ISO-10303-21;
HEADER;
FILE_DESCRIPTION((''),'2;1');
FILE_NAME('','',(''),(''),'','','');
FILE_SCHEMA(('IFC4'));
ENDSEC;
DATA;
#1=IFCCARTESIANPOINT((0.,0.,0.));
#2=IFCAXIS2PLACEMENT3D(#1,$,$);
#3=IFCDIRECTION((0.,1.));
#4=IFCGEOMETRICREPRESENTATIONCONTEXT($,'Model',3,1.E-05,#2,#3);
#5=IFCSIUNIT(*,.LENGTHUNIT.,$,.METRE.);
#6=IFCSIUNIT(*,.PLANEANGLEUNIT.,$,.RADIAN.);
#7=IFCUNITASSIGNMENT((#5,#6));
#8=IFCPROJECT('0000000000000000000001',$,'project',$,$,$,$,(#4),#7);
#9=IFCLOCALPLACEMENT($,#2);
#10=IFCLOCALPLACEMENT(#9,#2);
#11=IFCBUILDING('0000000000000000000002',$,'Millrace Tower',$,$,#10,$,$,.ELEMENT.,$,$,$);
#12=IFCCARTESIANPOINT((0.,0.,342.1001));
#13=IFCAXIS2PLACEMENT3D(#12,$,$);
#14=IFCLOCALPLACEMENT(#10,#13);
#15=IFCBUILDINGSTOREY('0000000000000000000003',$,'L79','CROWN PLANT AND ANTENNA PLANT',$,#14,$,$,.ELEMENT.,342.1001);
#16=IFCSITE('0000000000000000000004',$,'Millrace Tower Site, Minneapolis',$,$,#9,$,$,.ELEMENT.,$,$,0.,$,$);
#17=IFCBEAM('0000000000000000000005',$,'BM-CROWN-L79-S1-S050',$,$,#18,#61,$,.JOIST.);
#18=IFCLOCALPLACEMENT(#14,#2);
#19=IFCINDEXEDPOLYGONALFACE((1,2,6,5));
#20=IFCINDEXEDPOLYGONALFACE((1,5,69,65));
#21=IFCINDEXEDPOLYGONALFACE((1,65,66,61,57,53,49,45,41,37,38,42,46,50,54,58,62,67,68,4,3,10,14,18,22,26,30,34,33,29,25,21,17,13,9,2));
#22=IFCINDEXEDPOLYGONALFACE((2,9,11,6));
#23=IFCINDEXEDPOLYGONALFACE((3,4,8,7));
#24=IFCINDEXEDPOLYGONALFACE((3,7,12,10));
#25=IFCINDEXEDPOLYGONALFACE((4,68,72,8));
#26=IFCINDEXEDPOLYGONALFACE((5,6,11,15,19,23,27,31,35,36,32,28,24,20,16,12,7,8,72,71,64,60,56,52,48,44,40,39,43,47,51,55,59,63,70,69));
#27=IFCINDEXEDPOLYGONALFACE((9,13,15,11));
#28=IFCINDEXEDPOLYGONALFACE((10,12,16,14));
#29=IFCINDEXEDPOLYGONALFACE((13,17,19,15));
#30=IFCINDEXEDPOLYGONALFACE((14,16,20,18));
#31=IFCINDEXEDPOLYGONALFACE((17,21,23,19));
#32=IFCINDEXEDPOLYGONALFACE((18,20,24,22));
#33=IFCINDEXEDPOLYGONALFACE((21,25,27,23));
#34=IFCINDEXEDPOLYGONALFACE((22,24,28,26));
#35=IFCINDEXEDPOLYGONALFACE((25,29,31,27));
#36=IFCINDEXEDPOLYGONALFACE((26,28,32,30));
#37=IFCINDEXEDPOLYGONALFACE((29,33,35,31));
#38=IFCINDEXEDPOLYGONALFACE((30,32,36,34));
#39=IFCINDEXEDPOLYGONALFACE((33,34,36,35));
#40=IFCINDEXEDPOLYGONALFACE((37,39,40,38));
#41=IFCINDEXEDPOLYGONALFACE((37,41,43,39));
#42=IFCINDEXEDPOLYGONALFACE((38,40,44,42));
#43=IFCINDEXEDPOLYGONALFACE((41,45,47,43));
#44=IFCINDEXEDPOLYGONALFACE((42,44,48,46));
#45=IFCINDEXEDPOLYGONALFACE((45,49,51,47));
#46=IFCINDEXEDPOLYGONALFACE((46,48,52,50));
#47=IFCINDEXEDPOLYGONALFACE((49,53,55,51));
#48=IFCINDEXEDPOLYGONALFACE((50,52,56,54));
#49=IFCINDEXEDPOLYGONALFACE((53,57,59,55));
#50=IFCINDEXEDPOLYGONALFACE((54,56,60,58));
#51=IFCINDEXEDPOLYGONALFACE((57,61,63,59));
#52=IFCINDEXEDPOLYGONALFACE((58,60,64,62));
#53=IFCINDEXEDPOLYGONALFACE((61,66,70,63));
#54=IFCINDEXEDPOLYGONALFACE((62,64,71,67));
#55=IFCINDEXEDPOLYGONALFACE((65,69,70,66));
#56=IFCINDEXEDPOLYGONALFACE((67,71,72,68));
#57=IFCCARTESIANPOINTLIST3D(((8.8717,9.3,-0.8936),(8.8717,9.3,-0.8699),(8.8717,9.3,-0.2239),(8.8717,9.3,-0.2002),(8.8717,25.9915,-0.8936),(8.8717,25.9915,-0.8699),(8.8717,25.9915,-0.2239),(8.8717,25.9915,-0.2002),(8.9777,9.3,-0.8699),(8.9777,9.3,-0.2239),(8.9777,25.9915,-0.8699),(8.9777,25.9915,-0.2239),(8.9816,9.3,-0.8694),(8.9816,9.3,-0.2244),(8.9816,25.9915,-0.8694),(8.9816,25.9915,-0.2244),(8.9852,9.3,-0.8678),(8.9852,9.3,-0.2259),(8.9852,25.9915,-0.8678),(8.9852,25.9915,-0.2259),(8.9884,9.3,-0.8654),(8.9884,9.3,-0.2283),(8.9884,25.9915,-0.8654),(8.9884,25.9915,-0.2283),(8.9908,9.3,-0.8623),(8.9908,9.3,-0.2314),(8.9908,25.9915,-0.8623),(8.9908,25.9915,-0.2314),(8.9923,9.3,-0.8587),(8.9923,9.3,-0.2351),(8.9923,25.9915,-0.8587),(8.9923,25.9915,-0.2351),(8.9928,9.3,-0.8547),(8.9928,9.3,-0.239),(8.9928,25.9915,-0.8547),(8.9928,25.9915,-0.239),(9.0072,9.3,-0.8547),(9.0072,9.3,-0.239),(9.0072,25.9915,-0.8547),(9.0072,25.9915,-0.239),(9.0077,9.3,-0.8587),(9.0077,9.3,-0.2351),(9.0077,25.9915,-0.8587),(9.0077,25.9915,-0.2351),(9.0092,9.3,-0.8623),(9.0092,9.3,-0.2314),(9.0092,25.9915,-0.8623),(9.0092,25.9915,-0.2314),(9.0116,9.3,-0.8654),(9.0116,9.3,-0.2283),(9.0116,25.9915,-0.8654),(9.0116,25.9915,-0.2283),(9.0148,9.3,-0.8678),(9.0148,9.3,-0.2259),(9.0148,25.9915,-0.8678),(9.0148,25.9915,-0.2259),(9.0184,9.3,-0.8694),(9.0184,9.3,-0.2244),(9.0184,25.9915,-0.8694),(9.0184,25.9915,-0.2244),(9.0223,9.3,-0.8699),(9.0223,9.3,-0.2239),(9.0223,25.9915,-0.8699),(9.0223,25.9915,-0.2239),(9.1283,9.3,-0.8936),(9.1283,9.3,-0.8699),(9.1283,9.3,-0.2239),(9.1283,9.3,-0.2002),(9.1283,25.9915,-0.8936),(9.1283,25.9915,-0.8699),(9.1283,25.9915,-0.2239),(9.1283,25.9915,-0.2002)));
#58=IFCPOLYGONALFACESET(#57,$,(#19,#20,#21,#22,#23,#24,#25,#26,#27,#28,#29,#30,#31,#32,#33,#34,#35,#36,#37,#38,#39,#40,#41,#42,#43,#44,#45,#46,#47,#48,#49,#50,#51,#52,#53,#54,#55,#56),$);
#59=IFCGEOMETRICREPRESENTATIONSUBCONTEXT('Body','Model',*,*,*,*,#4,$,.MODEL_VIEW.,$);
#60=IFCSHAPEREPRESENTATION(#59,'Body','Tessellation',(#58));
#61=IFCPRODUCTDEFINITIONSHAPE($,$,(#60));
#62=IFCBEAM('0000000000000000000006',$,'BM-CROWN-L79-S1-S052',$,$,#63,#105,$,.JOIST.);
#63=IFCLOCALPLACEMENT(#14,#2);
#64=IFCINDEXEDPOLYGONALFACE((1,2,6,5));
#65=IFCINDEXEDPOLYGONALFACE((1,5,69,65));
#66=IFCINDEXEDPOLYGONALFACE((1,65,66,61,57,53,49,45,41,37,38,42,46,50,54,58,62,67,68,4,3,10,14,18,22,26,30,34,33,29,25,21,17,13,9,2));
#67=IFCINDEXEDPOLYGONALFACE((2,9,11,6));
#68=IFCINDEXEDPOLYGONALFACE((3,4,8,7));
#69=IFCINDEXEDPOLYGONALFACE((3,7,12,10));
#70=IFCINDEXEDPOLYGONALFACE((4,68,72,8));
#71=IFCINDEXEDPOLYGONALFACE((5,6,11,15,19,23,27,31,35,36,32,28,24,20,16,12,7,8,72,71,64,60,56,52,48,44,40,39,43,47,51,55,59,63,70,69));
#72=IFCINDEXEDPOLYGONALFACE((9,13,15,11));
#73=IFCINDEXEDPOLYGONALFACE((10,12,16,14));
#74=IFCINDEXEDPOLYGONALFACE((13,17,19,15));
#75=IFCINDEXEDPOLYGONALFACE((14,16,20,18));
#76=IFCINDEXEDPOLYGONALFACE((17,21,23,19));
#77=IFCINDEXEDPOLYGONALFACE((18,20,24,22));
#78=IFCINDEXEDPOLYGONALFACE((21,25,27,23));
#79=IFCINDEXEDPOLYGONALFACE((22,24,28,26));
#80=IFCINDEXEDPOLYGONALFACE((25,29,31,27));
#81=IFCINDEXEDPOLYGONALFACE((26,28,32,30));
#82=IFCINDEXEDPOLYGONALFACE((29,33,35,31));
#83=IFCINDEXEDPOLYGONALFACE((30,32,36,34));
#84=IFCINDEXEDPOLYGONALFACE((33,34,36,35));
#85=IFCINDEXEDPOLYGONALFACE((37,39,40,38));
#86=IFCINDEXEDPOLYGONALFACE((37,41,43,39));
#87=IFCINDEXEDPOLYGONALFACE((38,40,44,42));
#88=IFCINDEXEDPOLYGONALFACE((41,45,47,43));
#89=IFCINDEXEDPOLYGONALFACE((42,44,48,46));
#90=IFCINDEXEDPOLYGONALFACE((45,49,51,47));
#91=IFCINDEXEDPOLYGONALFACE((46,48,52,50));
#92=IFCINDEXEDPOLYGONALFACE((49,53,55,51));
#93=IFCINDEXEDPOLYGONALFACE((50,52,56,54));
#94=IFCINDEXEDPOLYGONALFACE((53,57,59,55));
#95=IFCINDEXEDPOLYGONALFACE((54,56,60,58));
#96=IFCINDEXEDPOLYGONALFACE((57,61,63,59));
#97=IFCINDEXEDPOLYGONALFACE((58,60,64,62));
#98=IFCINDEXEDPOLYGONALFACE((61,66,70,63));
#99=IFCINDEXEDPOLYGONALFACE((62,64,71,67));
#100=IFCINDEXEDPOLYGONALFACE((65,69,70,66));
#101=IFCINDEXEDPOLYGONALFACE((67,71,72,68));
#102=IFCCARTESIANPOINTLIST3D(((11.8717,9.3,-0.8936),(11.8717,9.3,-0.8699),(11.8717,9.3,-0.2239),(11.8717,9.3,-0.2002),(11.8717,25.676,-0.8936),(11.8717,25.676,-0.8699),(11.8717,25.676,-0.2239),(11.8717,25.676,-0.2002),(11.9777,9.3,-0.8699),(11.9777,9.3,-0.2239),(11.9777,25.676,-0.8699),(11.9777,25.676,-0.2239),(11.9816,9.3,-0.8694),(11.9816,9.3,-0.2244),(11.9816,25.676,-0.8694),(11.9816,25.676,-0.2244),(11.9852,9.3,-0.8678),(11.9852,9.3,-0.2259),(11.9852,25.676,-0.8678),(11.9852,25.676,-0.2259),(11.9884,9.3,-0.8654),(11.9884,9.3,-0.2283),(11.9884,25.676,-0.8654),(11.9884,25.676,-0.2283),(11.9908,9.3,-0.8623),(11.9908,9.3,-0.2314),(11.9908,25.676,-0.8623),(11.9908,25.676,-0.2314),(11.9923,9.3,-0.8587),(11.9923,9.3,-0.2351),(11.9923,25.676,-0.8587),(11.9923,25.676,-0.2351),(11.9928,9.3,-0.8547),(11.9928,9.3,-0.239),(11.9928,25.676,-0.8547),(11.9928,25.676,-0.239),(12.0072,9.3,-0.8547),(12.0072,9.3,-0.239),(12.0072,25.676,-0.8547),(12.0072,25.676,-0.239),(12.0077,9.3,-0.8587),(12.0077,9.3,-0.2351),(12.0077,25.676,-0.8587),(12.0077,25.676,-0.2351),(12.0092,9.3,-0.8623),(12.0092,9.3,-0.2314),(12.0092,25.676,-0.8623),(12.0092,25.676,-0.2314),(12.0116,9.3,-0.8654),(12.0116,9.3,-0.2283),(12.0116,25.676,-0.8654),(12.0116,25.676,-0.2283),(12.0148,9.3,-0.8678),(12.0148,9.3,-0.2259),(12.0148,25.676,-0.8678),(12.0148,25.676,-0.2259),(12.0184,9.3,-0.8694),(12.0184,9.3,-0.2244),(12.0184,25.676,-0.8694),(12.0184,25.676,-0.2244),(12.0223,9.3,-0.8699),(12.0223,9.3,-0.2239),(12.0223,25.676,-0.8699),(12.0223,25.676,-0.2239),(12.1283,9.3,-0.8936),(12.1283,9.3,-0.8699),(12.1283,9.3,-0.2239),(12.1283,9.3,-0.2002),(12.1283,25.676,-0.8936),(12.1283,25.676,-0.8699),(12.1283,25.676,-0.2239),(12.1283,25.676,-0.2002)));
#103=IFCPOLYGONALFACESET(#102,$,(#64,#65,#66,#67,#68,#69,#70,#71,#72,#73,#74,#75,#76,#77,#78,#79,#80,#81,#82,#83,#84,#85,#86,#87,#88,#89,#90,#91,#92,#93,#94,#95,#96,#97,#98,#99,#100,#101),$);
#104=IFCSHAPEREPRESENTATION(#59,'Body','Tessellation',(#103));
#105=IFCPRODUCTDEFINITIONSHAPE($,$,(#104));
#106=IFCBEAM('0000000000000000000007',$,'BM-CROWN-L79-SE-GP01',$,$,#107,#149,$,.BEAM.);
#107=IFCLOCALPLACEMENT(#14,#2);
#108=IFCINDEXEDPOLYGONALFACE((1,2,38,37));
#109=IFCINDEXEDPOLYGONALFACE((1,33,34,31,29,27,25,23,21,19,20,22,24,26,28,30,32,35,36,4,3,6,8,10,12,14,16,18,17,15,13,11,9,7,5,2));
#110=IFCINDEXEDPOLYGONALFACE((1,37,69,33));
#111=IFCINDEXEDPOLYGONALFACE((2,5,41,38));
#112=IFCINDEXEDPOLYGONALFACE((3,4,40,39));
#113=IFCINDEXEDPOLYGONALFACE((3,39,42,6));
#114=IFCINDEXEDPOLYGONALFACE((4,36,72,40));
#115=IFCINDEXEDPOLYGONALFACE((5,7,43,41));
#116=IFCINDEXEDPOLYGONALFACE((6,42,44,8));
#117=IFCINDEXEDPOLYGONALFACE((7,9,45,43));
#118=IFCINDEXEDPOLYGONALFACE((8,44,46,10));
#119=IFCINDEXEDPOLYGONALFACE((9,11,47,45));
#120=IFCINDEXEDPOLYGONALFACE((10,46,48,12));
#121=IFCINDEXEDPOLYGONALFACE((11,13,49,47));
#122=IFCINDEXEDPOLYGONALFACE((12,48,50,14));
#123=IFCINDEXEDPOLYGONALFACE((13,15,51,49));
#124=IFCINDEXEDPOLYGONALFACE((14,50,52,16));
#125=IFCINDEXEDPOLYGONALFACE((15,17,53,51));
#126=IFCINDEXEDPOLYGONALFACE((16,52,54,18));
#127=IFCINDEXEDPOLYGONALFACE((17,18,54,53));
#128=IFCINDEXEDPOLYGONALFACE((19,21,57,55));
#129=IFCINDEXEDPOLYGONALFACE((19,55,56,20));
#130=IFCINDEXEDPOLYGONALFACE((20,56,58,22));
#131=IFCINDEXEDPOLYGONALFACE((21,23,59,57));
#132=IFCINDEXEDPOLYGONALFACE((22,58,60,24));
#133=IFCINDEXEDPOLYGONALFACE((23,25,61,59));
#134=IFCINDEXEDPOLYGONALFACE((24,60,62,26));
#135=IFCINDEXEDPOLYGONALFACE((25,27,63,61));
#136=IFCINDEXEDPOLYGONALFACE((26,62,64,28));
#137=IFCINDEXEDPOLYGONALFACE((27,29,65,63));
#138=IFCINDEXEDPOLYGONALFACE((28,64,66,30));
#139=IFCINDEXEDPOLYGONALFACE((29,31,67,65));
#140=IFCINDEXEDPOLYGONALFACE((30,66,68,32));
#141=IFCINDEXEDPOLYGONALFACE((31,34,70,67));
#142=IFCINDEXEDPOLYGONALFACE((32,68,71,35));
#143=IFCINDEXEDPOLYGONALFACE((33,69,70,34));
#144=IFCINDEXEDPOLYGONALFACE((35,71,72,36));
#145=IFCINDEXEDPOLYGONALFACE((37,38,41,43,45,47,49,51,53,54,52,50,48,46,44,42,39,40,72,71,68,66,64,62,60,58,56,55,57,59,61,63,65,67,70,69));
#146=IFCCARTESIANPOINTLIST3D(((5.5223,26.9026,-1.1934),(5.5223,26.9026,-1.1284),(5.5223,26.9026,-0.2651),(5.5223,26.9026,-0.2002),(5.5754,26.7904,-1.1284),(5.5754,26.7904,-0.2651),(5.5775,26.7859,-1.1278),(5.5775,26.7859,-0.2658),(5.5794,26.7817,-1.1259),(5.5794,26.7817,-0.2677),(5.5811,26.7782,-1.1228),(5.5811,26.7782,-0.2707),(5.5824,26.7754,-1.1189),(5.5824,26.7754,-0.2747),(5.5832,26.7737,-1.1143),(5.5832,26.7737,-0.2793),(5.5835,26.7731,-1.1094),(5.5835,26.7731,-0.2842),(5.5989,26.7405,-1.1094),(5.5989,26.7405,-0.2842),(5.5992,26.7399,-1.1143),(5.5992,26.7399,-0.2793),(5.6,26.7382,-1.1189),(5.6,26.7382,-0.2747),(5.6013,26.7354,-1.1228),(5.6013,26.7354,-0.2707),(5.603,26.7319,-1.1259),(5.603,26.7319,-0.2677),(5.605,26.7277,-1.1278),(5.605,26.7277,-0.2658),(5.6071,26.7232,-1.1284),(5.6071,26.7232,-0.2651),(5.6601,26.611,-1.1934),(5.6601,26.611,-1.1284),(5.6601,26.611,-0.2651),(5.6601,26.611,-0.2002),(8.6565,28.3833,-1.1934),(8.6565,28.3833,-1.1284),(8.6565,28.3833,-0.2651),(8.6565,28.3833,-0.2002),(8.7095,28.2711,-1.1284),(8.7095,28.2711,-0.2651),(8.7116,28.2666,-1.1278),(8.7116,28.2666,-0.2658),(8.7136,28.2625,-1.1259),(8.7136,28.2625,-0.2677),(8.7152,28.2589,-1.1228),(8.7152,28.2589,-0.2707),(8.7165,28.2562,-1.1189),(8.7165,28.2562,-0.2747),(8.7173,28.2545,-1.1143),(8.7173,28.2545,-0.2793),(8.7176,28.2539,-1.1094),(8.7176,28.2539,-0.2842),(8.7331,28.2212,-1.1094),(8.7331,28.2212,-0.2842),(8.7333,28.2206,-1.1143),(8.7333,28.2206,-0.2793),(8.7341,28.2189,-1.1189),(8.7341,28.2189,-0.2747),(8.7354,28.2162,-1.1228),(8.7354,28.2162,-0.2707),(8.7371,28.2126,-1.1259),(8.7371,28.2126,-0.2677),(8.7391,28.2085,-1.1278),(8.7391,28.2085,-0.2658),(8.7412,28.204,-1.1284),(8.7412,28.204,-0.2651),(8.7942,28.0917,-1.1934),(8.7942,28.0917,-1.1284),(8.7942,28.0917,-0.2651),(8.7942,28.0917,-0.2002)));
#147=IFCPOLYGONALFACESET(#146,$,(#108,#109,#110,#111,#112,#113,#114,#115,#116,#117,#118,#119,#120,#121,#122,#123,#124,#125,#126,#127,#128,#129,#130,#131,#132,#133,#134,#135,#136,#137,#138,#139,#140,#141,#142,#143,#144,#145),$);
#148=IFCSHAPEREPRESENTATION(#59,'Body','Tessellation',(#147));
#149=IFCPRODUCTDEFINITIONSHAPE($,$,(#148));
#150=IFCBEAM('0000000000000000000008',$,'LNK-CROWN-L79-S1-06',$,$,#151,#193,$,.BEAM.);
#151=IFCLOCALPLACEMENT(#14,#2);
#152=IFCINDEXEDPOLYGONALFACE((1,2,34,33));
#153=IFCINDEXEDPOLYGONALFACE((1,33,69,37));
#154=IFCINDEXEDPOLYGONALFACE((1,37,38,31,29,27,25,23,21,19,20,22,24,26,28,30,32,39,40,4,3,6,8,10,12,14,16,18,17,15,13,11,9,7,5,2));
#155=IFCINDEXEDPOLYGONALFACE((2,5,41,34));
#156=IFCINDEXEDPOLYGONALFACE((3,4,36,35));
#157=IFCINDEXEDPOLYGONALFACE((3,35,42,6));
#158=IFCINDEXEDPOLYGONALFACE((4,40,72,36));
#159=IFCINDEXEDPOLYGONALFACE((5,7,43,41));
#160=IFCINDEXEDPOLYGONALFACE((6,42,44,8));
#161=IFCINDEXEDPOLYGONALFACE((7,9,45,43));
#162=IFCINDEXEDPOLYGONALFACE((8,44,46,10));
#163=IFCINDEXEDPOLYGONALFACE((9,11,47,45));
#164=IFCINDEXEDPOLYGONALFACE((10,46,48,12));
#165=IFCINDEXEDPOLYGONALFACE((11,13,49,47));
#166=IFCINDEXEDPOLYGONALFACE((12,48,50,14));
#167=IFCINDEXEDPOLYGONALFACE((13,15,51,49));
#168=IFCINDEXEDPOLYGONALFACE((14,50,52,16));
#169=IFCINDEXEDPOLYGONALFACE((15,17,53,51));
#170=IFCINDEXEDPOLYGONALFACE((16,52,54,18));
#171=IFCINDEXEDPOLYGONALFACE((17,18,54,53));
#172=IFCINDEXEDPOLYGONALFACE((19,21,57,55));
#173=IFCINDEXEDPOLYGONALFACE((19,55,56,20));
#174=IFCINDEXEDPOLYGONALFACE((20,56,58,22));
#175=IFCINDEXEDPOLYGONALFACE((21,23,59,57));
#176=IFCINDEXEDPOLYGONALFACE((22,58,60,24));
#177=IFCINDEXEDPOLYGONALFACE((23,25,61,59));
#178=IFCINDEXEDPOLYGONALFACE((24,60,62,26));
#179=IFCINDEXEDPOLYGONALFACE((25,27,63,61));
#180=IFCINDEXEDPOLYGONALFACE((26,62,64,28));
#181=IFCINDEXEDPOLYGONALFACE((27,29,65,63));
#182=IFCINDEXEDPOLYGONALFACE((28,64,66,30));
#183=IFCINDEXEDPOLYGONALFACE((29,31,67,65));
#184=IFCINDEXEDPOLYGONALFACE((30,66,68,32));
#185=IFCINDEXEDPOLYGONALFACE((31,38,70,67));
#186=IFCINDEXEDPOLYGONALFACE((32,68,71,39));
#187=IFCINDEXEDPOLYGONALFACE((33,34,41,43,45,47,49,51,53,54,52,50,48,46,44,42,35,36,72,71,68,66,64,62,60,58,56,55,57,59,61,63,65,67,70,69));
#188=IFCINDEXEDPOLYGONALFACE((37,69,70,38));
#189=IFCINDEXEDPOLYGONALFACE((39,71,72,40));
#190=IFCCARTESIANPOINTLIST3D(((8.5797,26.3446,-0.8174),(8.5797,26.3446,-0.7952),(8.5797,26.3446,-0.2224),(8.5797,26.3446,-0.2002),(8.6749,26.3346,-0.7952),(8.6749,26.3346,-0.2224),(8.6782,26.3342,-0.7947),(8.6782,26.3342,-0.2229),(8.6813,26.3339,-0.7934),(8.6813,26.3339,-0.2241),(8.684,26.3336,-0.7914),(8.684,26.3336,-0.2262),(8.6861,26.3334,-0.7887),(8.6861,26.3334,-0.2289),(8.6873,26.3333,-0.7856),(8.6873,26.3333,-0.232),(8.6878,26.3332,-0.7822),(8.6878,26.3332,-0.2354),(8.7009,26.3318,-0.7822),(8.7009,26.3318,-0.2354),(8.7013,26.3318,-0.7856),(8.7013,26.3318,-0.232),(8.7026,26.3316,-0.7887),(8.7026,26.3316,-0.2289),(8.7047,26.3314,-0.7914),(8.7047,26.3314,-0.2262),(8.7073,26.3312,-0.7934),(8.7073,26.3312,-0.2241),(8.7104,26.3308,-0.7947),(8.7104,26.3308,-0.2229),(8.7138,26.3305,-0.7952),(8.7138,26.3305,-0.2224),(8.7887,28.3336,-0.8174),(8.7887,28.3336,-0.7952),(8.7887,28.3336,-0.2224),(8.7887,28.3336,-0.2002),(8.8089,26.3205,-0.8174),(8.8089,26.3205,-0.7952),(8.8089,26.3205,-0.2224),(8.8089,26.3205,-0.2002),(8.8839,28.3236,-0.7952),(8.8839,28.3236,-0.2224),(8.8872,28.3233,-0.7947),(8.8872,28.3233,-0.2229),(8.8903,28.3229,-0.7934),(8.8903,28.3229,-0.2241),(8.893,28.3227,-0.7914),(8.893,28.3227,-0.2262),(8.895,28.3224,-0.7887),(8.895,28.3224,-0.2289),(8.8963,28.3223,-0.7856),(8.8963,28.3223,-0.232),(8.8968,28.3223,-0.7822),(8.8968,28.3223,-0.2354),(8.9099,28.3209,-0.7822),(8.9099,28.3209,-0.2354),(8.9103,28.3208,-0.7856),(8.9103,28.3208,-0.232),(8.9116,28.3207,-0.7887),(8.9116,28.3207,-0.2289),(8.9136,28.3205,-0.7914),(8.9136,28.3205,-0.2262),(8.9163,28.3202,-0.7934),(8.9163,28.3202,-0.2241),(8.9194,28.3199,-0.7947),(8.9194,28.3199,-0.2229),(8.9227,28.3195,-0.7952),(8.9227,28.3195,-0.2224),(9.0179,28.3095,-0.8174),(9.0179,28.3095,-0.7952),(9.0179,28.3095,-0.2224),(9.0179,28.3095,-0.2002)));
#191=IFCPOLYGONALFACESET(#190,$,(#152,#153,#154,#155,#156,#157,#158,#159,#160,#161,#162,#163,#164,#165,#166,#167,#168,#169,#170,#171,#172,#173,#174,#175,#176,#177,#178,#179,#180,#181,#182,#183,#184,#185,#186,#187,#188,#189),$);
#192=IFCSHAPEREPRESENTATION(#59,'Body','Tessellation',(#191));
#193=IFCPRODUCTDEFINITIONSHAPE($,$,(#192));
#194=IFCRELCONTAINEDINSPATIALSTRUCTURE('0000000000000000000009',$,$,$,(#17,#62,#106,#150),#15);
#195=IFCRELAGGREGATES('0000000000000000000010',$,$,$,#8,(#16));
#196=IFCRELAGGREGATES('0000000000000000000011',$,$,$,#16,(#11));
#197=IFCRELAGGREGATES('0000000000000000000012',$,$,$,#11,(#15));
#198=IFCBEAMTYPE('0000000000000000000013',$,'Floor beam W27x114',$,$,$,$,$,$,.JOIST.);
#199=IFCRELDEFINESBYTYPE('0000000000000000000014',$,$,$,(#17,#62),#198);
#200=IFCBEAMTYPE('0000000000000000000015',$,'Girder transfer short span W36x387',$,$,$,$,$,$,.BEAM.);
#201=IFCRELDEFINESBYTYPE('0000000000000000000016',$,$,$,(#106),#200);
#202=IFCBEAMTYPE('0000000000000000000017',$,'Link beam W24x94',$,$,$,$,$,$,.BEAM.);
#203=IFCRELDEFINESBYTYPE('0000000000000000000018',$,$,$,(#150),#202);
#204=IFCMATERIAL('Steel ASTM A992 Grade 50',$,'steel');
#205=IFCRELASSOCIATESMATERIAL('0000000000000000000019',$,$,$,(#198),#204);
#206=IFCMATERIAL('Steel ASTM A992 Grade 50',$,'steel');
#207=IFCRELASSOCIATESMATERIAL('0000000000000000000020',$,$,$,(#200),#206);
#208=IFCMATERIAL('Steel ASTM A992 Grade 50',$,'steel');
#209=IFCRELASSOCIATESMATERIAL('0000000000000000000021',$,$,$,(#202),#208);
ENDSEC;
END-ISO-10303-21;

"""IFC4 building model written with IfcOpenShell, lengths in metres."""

from ifc_helpers import new_model, si_unit, direction, frame, origin, origin_2d, place, context, subcontext, project, spatial, i_section, extrude, material, material_profile, profile_set, type_object, element, save


model = new_model("IFC4")

# Units and contexts
model_context = context("Model", 3, precision=1e-05, world=origin(), true_north=direction((0.0, 1.0)))
body_context = subcontext(model_context, "Body", "Model", "MODEL_VIEW")
ifc_project = project(units=[si_unit("LENGTHUNIT", "METRE"), si_unit("PLANEANGLEUNIT", "RADIAN")], contexts=[model_context])

# Site, building, storey
site_placement = place(None, origin())
site = spatial("IfcSite", under=ifc_project, at=site_placement, Name="Millrace Tower Site, Minneapolis", CompositionType="ELEMENT", RefElevation=0.0)
building_placement = place(site_placement, origin())
building = spatial("IfcBuilding", under=site, at=building_placement, Name="Millrace Tower", CompositionType="ELEMENT")
storey_placement = place(building_placement, frame((0.0, 0.0, 342.1001)))
storey = spatial("IfcBuildingStorey", under=building, at=storey_placement, Name="L79", Description="CROWN PLANT AND ANTENNA PLANT", CompositionType="ELEMENT", Elevation=342.1001)

# Beams
ifc_material_1 = material(Name="Steel ASTM A992 Grade 50", Category="steel")
ifc_material_profile_1 = material_profile(ifc_material_1, i_section(OverallWidth=0.2566, OverallDepth=0.6934, WebThickness=0.0144, FlangeThickness=0.0237, FilletRadius=0.0151, at=origin_2d()))
ifc_profile_set_1 = profile_set([ifc_material_profile_1], Name="Steel ASTM A992 Grade 50")
beam_type_1 = type_object("IfcBeamType", Name="Floor beam W27x114", PredefinedType="JOIST", material=ifc_profile_set_1)
beam_1_placement = place(storey_placement, frame((9.0, 9.3, -0.5469), z_axis=(0.0, 1.0, 0.0), x_axis=(-1.0, 0.0, 0.0)))
element("IfcBeam", 1, at=beam_1_placement, inside=storey, type_object=beam_type_1, Name="BM-CROWN-L79-S1-S050", PredefinedType="JOIST", context=body_context, shape_type="SweptSolid", body=[
    extrude(i_section(OverallWidth=0.2566, OverallDepth=0.6934, WebThickness=0.0144, FlangeThickness=0.0237, FilletRadius=0.0151, at=origin_2d()), origin(), (0.0, 0.0, 1.0), 16.6914),
])
beam_2_placement = place(storey_placement, frame((12.0, 9.3, -0.5469), z_axis=(0.0, 1.0, 0.0), x_axis=(-1.0, 0.0, 0.0)))
element("IfcBeam", 2, at=beam_2_placement, inside=storey, type_object=beam_type_1, Name="BM-CROWN-L79-S1-S052", PredefinedType="JOIST", context=body_context, shape_type="SweptSolid", body=[
    extrude(i_section(OverallWidth=0.2566, OverallDepth=0.6934, WebThickness=0.0144, FlangeThickness=0.0237, FilletRadius=0.0151, at=origin_2d()), origin(), (0.0, 0.0, 1.0), 16.376),
])
ifc_material_2 = material(Name="Steel ASTM A992 Grade 50", Category="steel")
ifc_material_profile_2 = material_profile(ifc_material_2, i_section(OverallWidth=0.3225, OverallDepth=0.9932, WebThickness=0.0361, FlangeThickness=0.0649, FilletRadius=0.019, at=origin_2d()))
ifc_profile_set_2 = profile_set([ifc_material_profile_2], Name="Steel ASTM A992 Grade 50")
beam_type_2 = type_object("IfcBeamType", Name="Girder transfer short span W36x387", PredefinedType="BEAM", material=ifc_profile_set_2)
beam_3_placement = place(storey_placement, frame((8.7253, 28.2375, -0.6968), z_axis=(-0.904165, -0.427184, 0.0), x_axis=(0.427184, -0.904165, 0.0)))
element("IfcBeam", 3, at=beam_3_placement, inside=storey, type_object=beam_type_2, Name="BM-CROWN-L79-SE-GP01", PredefinedType="BEAM", context=body_context, shape_type="SweptSolid", body=[
    extrude(i_section(OverallWidth=0.3225, OverallDepth=0.9932, WebThickness=0.0361, FlangeThickness=0.0649, FilletRadius=0.019, at=origin_2d()), origin(), (0.0, 0.0, 1.0), 3.4663),
])
ifc_material_3 = material(Name="Steel ASTM A992 Grade 50", Category="steel")
ifc_material_profile_3 = material_profile(ifc_material_3, i_section(OverallWidth=0.2305, OverallDepth=0.6172, WebThickness=0.0132, FlangeThickness=0.0222, FilletRadius=0.0129, at=origin_2d()))
ifc_profile_set_3 = profile_set([ifc_material_profile_3], Name="Steel ASTM A992 Grade 50")
beam_type_3 = type_object("IfcBeamType", Name="Link beam W24x94", PredefinedType="BEAM", material=ifc_profile_set_3)
beam_4_placement = place(storey_placement, frame((8.6943, 26.3325, -0.5088), z_axis=(0.104494, 0.994526, 0.0), x_axis=(-0.994526, 0.104494, 0.0)))
element("IfcBeam", 4, at=beam_4_placement, inside=storey, type_object=beam_type_3, Name="LNK-CROWN-L79-S1-06", PredefinedType="BEAM", context=body_context, shape_type="SweptSolid", body=[
    extrude(i_section(OverallWidth=0.2305, OverallDepth=0.6172, WebThickness=0.0132, FlangeThickness=0.0222, FilletRadius=0.0129, at=origin_2d()), origin(), (0.0, 0.0, 1.0), 2.0),
])

save(model, "model.ifc")
